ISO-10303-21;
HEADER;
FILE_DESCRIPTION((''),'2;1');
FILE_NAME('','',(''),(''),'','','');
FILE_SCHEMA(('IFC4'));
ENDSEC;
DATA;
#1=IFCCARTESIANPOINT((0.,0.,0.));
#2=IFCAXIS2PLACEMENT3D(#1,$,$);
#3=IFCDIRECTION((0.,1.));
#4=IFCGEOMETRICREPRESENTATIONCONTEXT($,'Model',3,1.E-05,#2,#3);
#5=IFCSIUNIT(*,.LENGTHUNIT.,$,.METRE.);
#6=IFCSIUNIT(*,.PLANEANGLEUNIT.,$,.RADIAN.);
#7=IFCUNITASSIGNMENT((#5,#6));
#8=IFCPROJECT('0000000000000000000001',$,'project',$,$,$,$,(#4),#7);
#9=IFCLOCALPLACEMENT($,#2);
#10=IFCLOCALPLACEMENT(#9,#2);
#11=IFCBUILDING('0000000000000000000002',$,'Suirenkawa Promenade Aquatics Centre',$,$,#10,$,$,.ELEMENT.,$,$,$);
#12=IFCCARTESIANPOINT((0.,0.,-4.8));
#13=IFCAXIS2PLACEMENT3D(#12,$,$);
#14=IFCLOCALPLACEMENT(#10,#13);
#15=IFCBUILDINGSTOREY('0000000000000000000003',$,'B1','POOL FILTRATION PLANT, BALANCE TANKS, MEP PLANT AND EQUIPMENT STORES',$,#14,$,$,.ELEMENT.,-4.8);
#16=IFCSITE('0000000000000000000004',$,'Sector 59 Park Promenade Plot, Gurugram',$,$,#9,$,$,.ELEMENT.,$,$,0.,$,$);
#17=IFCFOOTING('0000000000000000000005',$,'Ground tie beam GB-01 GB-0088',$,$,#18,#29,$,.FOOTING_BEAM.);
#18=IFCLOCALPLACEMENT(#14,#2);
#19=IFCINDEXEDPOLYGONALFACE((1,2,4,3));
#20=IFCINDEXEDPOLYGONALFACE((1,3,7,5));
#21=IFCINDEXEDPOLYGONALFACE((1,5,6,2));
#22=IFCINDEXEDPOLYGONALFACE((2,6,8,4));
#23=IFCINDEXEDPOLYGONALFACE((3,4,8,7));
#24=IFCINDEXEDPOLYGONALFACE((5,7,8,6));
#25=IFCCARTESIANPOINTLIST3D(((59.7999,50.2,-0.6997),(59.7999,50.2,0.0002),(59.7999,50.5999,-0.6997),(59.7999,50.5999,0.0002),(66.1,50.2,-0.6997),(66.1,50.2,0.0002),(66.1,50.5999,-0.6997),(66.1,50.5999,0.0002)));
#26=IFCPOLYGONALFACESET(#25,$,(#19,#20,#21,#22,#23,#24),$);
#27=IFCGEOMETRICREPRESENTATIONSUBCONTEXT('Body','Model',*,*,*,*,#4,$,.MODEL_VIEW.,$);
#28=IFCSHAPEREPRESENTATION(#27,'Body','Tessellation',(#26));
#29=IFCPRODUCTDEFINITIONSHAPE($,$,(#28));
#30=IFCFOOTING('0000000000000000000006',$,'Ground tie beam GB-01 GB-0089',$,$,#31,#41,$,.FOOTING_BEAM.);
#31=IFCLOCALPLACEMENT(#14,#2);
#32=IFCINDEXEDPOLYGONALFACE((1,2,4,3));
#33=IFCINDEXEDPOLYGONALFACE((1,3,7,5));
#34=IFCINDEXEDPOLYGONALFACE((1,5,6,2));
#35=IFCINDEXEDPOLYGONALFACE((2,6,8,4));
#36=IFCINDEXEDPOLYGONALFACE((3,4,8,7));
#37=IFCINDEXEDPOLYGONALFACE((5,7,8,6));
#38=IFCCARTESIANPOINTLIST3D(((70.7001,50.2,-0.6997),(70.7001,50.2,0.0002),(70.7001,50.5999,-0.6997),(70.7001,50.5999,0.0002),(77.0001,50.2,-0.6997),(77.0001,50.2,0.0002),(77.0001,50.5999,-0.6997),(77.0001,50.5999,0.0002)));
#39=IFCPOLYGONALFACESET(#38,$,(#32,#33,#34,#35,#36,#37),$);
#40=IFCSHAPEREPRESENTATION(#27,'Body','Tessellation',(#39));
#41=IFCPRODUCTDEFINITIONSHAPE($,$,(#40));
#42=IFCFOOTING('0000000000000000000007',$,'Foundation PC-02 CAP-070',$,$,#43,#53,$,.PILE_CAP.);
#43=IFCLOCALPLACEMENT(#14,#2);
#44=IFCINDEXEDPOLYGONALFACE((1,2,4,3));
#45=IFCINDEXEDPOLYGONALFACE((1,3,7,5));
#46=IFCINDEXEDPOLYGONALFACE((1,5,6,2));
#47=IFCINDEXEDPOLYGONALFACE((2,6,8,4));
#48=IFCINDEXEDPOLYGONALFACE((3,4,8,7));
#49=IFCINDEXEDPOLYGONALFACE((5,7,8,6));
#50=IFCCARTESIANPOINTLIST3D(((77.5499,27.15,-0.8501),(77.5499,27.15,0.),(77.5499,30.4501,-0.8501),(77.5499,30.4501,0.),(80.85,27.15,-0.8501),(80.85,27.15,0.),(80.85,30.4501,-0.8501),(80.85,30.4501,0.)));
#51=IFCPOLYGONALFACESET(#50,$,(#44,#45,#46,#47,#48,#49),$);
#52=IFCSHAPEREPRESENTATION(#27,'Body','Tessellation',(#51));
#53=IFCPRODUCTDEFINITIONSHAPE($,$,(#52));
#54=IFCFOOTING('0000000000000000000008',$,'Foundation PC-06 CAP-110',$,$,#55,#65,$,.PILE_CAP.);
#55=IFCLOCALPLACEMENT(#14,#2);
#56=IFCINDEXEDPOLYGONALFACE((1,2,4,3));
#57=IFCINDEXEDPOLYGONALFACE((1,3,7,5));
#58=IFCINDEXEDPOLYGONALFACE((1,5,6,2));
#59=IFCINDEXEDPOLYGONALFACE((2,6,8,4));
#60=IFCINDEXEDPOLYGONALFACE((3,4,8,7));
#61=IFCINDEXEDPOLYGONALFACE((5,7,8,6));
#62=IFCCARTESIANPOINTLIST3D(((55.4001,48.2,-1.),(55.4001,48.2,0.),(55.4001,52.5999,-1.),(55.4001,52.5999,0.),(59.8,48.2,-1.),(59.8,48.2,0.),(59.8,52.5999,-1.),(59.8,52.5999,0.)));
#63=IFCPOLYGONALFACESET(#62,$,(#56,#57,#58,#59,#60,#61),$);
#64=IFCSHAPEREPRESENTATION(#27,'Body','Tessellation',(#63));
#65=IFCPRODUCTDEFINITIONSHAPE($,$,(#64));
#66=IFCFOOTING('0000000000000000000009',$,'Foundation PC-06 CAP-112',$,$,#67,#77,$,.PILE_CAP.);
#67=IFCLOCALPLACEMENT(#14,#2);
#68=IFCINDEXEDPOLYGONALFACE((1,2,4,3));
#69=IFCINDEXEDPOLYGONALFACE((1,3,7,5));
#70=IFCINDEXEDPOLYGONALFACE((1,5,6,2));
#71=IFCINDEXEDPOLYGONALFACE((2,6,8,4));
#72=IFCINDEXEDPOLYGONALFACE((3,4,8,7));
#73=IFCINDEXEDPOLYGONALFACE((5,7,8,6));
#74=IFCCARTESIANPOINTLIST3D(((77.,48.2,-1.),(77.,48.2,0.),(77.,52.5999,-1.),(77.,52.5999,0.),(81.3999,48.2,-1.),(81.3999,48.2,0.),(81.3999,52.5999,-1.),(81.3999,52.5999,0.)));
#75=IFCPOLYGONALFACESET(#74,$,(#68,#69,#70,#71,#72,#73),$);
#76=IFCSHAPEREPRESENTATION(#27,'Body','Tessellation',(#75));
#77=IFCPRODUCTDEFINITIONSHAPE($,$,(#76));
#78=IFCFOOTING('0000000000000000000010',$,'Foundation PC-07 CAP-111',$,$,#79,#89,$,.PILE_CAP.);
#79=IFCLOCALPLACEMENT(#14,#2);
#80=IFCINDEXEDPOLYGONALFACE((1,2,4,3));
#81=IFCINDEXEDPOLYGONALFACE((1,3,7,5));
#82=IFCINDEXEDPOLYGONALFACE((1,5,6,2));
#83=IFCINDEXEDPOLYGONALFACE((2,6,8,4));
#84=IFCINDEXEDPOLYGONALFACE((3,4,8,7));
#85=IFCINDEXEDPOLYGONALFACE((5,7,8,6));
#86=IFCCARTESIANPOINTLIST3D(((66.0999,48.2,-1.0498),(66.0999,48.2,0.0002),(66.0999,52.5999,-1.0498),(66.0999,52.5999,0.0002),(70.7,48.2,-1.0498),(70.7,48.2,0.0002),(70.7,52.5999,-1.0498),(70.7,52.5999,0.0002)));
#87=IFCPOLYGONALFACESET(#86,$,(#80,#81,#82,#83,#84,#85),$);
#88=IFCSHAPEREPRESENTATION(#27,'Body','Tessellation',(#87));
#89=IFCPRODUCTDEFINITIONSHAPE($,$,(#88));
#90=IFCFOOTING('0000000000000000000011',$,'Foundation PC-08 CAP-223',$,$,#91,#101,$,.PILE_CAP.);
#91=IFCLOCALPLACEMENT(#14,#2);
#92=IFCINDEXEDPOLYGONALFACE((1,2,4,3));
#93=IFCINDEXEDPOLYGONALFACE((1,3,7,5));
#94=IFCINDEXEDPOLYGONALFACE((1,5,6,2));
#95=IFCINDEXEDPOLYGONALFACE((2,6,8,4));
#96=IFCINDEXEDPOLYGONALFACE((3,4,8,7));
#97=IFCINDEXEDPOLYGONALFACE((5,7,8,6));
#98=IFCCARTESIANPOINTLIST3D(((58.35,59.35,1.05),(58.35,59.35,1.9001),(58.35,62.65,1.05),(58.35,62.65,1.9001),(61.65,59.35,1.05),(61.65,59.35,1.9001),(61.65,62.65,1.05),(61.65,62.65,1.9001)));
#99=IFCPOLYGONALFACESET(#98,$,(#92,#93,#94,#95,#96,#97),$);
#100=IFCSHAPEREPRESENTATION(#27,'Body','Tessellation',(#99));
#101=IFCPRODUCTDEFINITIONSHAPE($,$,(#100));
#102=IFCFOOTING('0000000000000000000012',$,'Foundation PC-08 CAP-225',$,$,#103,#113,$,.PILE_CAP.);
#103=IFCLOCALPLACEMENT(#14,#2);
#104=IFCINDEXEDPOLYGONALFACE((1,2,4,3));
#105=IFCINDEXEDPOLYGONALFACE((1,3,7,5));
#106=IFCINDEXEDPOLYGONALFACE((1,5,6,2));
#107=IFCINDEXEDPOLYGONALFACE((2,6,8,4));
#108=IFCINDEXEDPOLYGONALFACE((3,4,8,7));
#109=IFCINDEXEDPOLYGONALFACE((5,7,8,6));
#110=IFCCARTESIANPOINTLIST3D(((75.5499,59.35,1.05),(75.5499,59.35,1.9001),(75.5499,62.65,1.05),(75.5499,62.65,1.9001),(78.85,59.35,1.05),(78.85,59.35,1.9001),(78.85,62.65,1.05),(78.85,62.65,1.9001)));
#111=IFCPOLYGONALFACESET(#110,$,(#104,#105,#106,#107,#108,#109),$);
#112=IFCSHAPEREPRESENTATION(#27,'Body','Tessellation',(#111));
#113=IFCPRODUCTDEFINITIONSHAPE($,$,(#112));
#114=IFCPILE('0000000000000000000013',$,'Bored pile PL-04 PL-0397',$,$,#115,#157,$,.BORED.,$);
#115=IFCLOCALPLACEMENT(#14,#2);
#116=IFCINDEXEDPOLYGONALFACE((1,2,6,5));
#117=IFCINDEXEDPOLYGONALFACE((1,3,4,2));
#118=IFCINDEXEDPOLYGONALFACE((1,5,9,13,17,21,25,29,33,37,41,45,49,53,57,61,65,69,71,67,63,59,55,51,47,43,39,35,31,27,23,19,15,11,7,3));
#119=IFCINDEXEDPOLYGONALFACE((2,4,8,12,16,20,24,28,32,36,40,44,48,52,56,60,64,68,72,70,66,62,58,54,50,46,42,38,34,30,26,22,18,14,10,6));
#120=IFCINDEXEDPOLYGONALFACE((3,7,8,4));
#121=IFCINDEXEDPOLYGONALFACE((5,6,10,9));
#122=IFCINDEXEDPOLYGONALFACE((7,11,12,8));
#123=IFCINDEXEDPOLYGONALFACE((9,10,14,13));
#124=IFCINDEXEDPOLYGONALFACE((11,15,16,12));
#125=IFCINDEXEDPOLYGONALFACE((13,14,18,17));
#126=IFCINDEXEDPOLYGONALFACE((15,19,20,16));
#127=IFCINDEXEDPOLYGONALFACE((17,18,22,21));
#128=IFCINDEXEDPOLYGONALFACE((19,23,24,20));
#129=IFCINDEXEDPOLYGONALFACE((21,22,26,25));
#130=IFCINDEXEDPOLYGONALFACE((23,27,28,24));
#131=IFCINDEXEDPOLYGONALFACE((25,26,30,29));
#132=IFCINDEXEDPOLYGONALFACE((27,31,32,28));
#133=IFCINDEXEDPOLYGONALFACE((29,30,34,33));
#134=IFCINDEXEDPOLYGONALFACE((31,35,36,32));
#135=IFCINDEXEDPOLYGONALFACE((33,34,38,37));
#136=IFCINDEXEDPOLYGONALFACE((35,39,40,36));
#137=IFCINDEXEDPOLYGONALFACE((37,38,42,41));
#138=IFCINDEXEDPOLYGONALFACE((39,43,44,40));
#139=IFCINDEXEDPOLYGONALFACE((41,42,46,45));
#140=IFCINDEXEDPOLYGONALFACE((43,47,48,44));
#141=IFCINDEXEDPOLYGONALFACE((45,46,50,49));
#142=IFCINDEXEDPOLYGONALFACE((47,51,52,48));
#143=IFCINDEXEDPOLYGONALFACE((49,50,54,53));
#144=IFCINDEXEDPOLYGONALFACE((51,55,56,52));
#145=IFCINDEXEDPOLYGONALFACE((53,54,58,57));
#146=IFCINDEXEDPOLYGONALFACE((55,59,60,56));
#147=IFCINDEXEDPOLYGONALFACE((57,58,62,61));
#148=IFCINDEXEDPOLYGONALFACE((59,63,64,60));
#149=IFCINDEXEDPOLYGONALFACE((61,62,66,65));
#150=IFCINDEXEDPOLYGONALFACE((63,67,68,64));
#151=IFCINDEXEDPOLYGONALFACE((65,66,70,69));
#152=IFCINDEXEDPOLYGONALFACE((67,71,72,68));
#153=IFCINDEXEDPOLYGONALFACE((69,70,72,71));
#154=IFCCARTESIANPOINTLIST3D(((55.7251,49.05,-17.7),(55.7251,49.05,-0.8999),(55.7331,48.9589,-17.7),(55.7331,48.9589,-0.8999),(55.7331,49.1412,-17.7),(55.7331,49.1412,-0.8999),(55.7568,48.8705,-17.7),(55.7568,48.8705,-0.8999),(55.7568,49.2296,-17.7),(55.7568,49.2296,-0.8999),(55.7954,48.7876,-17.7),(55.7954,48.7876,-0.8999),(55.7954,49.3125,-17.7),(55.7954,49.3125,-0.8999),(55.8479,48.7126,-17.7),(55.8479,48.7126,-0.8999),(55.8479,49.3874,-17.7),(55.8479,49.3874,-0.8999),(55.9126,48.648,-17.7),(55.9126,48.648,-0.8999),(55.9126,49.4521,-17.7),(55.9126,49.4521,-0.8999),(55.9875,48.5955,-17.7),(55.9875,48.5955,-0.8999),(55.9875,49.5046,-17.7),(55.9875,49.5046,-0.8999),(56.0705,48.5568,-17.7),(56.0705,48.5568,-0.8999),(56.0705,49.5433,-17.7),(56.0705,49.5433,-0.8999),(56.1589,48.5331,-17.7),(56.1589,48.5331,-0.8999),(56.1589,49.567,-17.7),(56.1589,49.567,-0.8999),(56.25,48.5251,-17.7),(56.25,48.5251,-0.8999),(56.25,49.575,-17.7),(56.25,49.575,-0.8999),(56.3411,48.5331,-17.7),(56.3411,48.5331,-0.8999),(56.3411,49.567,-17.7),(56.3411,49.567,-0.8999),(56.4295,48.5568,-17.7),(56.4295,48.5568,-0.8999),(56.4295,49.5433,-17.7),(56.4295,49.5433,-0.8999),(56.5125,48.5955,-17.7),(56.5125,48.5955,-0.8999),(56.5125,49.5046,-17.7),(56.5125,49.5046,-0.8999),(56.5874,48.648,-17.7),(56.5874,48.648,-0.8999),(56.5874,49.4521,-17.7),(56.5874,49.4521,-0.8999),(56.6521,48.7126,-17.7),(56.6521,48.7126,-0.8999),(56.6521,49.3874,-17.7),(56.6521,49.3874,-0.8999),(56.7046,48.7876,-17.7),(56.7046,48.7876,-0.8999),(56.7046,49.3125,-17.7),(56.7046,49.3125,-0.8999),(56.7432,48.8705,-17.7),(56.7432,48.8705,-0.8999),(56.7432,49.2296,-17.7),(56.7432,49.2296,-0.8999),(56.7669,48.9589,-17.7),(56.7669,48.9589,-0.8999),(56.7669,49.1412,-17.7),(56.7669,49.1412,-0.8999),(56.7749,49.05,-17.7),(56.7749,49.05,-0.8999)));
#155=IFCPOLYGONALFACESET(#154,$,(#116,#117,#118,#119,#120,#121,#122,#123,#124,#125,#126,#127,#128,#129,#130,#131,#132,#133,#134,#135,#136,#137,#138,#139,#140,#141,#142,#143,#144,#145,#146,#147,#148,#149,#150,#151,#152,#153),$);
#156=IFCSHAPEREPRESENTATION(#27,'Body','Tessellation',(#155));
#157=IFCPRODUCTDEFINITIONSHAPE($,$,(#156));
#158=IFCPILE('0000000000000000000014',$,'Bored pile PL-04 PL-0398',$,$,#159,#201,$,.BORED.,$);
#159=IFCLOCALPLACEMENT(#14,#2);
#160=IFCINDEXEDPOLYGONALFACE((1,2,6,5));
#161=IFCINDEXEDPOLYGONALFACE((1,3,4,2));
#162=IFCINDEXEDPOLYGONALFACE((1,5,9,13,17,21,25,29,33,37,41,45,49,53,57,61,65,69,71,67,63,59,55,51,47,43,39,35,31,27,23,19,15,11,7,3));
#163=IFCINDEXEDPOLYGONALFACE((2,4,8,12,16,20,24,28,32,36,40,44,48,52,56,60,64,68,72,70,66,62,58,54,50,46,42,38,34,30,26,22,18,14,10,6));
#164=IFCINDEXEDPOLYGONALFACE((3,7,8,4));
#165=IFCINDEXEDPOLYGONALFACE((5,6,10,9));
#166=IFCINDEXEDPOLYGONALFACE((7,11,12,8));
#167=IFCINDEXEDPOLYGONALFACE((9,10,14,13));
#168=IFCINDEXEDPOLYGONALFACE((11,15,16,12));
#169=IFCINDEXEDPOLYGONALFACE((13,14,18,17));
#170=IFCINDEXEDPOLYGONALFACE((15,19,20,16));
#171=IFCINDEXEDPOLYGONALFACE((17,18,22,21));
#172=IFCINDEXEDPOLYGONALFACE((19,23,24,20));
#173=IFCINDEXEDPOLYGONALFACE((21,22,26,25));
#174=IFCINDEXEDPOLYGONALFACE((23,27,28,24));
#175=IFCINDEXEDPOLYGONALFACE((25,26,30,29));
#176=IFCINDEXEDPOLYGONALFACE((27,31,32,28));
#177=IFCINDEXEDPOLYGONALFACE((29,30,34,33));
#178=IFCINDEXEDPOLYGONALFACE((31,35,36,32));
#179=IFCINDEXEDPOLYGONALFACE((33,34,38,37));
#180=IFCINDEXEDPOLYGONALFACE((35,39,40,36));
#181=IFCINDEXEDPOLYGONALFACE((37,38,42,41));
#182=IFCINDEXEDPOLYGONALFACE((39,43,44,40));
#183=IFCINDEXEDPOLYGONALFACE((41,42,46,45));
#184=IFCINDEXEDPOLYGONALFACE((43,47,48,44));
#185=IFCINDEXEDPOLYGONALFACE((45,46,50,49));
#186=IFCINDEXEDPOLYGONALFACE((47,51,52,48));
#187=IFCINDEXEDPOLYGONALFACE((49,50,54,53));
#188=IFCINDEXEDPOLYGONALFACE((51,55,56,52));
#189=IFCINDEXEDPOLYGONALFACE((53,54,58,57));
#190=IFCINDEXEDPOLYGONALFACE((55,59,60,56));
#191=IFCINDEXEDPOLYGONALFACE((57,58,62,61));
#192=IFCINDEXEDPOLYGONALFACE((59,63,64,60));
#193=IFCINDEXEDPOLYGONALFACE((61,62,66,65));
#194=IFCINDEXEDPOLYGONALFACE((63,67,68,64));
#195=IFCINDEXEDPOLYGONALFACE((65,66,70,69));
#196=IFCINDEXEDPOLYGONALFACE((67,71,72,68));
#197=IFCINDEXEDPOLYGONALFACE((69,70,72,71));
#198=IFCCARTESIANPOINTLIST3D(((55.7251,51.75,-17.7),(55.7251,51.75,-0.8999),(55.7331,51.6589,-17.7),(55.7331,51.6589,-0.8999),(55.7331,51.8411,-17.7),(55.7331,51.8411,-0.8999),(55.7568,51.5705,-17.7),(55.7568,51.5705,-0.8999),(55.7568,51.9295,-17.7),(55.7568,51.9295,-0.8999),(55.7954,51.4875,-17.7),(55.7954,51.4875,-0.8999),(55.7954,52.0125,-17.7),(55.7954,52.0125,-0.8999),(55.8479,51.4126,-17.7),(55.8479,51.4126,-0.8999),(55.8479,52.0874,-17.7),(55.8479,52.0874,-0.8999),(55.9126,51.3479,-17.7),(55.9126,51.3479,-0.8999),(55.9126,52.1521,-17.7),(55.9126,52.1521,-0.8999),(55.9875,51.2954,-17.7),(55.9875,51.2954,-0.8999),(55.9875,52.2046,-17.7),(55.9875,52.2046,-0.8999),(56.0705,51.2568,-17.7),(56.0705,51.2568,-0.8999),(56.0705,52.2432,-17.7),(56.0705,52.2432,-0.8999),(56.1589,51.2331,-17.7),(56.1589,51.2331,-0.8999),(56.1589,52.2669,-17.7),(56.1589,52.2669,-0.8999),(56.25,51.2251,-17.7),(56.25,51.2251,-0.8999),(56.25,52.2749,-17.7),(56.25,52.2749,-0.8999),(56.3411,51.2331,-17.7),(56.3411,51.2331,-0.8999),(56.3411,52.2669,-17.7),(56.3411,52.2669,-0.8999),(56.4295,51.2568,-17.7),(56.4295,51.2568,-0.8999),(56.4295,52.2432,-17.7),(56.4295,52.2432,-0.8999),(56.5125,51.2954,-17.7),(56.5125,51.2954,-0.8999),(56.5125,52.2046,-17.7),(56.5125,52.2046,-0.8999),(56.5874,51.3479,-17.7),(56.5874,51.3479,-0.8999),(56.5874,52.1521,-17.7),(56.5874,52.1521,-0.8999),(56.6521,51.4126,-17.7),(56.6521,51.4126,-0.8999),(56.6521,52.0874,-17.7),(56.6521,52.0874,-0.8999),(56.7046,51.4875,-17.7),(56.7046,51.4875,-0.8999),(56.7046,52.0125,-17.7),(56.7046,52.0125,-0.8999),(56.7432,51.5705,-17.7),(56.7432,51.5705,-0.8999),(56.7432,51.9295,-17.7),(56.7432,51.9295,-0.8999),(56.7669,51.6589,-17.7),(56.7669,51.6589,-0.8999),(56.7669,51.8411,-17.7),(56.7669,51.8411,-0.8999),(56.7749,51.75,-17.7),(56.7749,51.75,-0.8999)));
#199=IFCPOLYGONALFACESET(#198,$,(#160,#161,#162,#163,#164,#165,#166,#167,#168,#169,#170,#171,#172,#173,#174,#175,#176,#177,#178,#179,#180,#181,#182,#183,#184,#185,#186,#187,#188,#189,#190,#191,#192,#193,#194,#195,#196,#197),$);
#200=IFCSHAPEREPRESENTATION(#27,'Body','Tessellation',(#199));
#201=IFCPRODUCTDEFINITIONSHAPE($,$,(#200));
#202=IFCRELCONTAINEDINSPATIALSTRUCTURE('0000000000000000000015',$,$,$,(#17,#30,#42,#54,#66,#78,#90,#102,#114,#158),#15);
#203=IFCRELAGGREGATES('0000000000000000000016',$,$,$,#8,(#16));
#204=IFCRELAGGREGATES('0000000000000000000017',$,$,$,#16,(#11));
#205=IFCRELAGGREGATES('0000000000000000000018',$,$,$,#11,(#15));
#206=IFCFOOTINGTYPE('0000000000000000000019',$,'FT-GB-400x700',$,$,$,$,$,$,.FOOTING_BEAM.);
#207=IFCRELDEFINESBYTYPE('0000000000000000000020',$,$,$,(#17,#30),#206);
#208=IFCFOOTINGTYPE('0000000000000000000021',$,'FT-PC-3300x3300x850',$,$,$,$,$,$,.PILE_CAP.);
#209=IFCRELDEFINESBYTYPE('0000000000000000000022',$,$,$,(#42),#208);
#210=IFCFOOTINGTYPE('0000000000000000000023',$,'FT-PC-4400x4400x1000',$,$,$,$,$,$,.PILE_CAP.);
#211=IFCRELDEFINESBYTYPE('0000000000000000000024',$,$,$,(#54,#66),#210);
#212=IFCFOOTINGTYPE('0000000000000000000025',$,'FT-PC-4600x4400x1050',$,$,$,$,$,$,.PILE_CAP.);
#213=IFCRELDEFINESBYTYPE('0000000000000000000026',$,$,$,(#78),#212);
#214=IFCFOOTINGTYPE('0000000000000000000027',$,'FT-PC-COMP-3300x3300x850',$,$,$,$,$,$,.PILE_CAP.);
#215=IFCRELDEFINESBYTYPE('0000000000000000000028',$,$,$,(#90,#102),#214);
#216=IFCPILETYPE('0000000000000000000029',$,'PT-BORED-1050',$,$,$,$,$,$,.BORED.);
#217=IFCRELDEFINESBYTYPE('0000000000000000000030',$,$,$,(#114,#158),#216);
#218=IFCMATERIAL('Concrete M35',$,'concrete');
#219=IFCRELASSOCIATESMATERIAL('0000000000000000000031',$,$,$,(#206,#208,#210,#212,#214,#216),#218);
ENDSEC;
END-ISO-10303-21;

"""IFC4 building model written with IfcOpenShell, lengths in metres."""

from ifc_helpers import new_model, si_unit, direction, frame, origin, origin_2d, place, context, subcontext, project, spatial, rectangle, circle, extrude, material, material_profile, profile_set, type_object, element, save


model = new_model("IFC4")

# Units and contexts
model_context = context("Model", 3, precision=1e-05, world=origin(), true_north=direction((0.0, 1.0)))
body_context = subcontext(model_context, "Body", "Model", "MODEL_VIEW")
ifc_project = project(units=[si_unit("LENGTHUNIT", "METRE"), si_unit("PLANEANGLEUNIT", "RADIAN")], contexts=[model_context])

# Site, building, storey
site_placement = place(None, origin())
site = spatial("IfcSite", under=ifc_project, at=site_placement, Name="Sector 59 Park Promenade Plot, Gurugram", CompositionType="ELEMENT", RefElevation=0.0)
building_placement = place(site_placement, origin())
building = spatial("IfcBuilding", under=site, at=building_placement, Name="Suirenkawa Promenade Aquatics Centre", CompositionType="ELEMENT")
storey_placement = place(building_placement, frame((0.0, 0.0, -4.8)))
storey = spatial("IfcBuildingStorey", under=building, at=storey_placement, Name="B1", Description="POOL FILTRATION PLANT, BALANCE TANKS, MEP PLANT AND EQUIPMENT STORES", CompositionType="ELEMENT", Elevation=-4.8)

# Footings
ifc_material_1 = material(Name="Concrete M35", Category="concrete")
footing_type_1 = type_object("IfcFootingType", Name="FT-GB-400x700", PredefinedType="FOOTING_BEAM", material=ifc_material_1)
for number, where, z_axis, x_axis, name in (
    (1, (62.95, 50.3999, -0.6997), (0.0, 0.0, 1.0), (1.0, 0.0, 0.0), "Ground tie beam GB-01 GB-0088"),
    (2, (73.8501, 50.3999, -0.6997), (0.0, 0.0, 1.0), (1.0, 0.0, 0.0), "Ground tie beam GB-01 GB-0089"),
):
    element("IfcFooting", number, at=place(storey_placement, frame(where, z_axis=z_axis, x_axis=x_axis)), inside=storey, type_object=footing_type_1, Name=name, PredefinedType="FOOTING_BEAM", context=body_context, shape_type="SweptSolid", body=[
        extrude(rectangle(XDim=6.3, YDim=0.3999, at=origin_2d()), origin(), (0.0, 0.0, 1.0), 0.7),
    ])
footing_type_2 = type_object("IfcFootingType", Name="FT-PC-3300x3300x850", PredefinedType="PILE_CAP", material=ifc_material_1)
footing_1_placement = place(storey_placement, frame((79.2, 28.8, -0.8501), z_axis=(0.0, 0.0, 1.0), x_axis=(1.0, 0.0, 0.0)))
element("IfcFooting", 3, at=footing_1_placement, inside=storey, type_object=footing_type_2, Name="Foundation PC-02 CAP-070", PredefinedType="PILE_CAP", context=body_context, shape_type="SweptSolid", body=[
    extrude(rectangle(XDim=3.3, YDim=3.3, at=origin_2d()), origin(), (0.0, 0.0, 1.0), 0.8501),
])
footing_type_3 = type_object("IfcFootingType", Name="FT-PC-4400x4400x1000", PredefinedType="PILE_CAP", material=ifc_material_1)
for number, where, z_axis, x_axis, name in (
    (4, (57.6001, 50.3999, -1.0), (0.0, 0.0, 1.0), (1.0, 0.0, 0.0), "Foundation PC-06 CAP-110"),
    (5, (79.2, 50.3999, -1.0), (0.0, 0.0, 1.0), (1.0, 0.0, 0.0), "Foundation PC-06 CAP-112"),
):
    element("IfcFooting", number, at=place(storey_placement, frame(where, z_axis=z_axis, x_axis=x_axis)), inside=storey, type_object=footing_type_3, Name=name, PredefinedType="PILE_CAP", context=body_context, shape_type="SweptSolid", body=[
        extrude(rectangle(XDim=4.3999, YDim=4.3999, at=origin_2d()), origin(), (0.0, 0.0, 1.0), 1.0),
    ])
footing_type_4 = type_object("IfcFootingType", Name="FT-PC-4600x4400x1050", PredefinedType="PILE_CAP", material=ifc_material_1)
footing_2_placement = place(storey_placement, frame((68.3999, 50.3999, -1.0498), z_axis=(0.0, 0.0, 1.0), x_axis=(1.0, 0.0, 0.0)))
element("IfcFooting", 6, at=footing_2_placement, inside=storey, type_object=footing_type_4, Name="Foundation PC-07 CAP-111", PredefinedType="PILE_CAP", context=body_context, shape_type="SweptSolid", body=[
    extrude(rectangle(XDim=4.6001, YDim=4.3999, at=origin_2d()), origin(), (0.0, 0.0, 1.0), 1.05),
])
footing_type_5 = type_object("IfcFootingType", Name="FT-PC-COMP-3300x3300x850", PredefinedType="PILE_CAP", material=ifc_material_1)
for number, where, z_axis, x_axis, name in (
    (7, (60.0, 61.0, 1.05), (0.0, 0.0, 1.0), (1.0, 0.0, 0.0), "Foundation PC-08 CAP-223"),
    (8, (77.2, 61.0, 1.05), (0.0, 0.0, 1.0), (1.0, 0.0, 0.0), "Foundation PC-08 CAP-225"),
):
    element("IfcFooting", number, at=place(storey_placement, frame(where, z_axis=z_axis, x_axis=x_axis)), inside=storey, type_object=footing_type_5, Name=name, PredefinedType="PILE_CAP", context=body_context, shape_type="SweptSolid", body=[
        extrude(rectangle(XDim=3.3, YDim=3.3, at=origin_2d()), origin(), (0.0, 0.0, 1.0), 0.8501),
    ])

# Piles
ifc_material_profile_1 = material_profile(ifc_material_1, circle(Radius=0.5249, at=origin_2d()), Name="PILE D1050", Category="concrete")
ifc_profile_set_1 = profile_set([ifc_material_profile_1], Name="Concrete M35")
pile_type_1 = type_object("IfcPileType", Name="PT-BORED-1050", PredefinedType="BORED", material=ifc_profile_set_1)
for number, where, z_axis, x_axis, name in (
    (9, (56.25, 49.05, -0.8999), (0.0, 0.0, -1.0), (1.0, 0.0, 0.0), "Bored pile PL-04 PL-0397"),
    (10, (56.25, 51.75, -0.8999), (0.0, 0.0, -1.0), (1.0, 0.0, 0.0), "Bored pile PL-04 PL-0398"),
):
    element("IfcPile", number, at=place(storey_placement, frame(where, z_axis=z_axis, x_axis=x_axis)), inside=storey, type_object=pile_type_1, Name=name, PredefinedType="BORED", context=body_context, shape_type="SweptSolid", body=[
        extrude(circle(Radius=0.5249, at=origin_2d()), origin(), (0.0, 0.0, 1.0), 16.8),
    ])

save(model, "model.ifc")
